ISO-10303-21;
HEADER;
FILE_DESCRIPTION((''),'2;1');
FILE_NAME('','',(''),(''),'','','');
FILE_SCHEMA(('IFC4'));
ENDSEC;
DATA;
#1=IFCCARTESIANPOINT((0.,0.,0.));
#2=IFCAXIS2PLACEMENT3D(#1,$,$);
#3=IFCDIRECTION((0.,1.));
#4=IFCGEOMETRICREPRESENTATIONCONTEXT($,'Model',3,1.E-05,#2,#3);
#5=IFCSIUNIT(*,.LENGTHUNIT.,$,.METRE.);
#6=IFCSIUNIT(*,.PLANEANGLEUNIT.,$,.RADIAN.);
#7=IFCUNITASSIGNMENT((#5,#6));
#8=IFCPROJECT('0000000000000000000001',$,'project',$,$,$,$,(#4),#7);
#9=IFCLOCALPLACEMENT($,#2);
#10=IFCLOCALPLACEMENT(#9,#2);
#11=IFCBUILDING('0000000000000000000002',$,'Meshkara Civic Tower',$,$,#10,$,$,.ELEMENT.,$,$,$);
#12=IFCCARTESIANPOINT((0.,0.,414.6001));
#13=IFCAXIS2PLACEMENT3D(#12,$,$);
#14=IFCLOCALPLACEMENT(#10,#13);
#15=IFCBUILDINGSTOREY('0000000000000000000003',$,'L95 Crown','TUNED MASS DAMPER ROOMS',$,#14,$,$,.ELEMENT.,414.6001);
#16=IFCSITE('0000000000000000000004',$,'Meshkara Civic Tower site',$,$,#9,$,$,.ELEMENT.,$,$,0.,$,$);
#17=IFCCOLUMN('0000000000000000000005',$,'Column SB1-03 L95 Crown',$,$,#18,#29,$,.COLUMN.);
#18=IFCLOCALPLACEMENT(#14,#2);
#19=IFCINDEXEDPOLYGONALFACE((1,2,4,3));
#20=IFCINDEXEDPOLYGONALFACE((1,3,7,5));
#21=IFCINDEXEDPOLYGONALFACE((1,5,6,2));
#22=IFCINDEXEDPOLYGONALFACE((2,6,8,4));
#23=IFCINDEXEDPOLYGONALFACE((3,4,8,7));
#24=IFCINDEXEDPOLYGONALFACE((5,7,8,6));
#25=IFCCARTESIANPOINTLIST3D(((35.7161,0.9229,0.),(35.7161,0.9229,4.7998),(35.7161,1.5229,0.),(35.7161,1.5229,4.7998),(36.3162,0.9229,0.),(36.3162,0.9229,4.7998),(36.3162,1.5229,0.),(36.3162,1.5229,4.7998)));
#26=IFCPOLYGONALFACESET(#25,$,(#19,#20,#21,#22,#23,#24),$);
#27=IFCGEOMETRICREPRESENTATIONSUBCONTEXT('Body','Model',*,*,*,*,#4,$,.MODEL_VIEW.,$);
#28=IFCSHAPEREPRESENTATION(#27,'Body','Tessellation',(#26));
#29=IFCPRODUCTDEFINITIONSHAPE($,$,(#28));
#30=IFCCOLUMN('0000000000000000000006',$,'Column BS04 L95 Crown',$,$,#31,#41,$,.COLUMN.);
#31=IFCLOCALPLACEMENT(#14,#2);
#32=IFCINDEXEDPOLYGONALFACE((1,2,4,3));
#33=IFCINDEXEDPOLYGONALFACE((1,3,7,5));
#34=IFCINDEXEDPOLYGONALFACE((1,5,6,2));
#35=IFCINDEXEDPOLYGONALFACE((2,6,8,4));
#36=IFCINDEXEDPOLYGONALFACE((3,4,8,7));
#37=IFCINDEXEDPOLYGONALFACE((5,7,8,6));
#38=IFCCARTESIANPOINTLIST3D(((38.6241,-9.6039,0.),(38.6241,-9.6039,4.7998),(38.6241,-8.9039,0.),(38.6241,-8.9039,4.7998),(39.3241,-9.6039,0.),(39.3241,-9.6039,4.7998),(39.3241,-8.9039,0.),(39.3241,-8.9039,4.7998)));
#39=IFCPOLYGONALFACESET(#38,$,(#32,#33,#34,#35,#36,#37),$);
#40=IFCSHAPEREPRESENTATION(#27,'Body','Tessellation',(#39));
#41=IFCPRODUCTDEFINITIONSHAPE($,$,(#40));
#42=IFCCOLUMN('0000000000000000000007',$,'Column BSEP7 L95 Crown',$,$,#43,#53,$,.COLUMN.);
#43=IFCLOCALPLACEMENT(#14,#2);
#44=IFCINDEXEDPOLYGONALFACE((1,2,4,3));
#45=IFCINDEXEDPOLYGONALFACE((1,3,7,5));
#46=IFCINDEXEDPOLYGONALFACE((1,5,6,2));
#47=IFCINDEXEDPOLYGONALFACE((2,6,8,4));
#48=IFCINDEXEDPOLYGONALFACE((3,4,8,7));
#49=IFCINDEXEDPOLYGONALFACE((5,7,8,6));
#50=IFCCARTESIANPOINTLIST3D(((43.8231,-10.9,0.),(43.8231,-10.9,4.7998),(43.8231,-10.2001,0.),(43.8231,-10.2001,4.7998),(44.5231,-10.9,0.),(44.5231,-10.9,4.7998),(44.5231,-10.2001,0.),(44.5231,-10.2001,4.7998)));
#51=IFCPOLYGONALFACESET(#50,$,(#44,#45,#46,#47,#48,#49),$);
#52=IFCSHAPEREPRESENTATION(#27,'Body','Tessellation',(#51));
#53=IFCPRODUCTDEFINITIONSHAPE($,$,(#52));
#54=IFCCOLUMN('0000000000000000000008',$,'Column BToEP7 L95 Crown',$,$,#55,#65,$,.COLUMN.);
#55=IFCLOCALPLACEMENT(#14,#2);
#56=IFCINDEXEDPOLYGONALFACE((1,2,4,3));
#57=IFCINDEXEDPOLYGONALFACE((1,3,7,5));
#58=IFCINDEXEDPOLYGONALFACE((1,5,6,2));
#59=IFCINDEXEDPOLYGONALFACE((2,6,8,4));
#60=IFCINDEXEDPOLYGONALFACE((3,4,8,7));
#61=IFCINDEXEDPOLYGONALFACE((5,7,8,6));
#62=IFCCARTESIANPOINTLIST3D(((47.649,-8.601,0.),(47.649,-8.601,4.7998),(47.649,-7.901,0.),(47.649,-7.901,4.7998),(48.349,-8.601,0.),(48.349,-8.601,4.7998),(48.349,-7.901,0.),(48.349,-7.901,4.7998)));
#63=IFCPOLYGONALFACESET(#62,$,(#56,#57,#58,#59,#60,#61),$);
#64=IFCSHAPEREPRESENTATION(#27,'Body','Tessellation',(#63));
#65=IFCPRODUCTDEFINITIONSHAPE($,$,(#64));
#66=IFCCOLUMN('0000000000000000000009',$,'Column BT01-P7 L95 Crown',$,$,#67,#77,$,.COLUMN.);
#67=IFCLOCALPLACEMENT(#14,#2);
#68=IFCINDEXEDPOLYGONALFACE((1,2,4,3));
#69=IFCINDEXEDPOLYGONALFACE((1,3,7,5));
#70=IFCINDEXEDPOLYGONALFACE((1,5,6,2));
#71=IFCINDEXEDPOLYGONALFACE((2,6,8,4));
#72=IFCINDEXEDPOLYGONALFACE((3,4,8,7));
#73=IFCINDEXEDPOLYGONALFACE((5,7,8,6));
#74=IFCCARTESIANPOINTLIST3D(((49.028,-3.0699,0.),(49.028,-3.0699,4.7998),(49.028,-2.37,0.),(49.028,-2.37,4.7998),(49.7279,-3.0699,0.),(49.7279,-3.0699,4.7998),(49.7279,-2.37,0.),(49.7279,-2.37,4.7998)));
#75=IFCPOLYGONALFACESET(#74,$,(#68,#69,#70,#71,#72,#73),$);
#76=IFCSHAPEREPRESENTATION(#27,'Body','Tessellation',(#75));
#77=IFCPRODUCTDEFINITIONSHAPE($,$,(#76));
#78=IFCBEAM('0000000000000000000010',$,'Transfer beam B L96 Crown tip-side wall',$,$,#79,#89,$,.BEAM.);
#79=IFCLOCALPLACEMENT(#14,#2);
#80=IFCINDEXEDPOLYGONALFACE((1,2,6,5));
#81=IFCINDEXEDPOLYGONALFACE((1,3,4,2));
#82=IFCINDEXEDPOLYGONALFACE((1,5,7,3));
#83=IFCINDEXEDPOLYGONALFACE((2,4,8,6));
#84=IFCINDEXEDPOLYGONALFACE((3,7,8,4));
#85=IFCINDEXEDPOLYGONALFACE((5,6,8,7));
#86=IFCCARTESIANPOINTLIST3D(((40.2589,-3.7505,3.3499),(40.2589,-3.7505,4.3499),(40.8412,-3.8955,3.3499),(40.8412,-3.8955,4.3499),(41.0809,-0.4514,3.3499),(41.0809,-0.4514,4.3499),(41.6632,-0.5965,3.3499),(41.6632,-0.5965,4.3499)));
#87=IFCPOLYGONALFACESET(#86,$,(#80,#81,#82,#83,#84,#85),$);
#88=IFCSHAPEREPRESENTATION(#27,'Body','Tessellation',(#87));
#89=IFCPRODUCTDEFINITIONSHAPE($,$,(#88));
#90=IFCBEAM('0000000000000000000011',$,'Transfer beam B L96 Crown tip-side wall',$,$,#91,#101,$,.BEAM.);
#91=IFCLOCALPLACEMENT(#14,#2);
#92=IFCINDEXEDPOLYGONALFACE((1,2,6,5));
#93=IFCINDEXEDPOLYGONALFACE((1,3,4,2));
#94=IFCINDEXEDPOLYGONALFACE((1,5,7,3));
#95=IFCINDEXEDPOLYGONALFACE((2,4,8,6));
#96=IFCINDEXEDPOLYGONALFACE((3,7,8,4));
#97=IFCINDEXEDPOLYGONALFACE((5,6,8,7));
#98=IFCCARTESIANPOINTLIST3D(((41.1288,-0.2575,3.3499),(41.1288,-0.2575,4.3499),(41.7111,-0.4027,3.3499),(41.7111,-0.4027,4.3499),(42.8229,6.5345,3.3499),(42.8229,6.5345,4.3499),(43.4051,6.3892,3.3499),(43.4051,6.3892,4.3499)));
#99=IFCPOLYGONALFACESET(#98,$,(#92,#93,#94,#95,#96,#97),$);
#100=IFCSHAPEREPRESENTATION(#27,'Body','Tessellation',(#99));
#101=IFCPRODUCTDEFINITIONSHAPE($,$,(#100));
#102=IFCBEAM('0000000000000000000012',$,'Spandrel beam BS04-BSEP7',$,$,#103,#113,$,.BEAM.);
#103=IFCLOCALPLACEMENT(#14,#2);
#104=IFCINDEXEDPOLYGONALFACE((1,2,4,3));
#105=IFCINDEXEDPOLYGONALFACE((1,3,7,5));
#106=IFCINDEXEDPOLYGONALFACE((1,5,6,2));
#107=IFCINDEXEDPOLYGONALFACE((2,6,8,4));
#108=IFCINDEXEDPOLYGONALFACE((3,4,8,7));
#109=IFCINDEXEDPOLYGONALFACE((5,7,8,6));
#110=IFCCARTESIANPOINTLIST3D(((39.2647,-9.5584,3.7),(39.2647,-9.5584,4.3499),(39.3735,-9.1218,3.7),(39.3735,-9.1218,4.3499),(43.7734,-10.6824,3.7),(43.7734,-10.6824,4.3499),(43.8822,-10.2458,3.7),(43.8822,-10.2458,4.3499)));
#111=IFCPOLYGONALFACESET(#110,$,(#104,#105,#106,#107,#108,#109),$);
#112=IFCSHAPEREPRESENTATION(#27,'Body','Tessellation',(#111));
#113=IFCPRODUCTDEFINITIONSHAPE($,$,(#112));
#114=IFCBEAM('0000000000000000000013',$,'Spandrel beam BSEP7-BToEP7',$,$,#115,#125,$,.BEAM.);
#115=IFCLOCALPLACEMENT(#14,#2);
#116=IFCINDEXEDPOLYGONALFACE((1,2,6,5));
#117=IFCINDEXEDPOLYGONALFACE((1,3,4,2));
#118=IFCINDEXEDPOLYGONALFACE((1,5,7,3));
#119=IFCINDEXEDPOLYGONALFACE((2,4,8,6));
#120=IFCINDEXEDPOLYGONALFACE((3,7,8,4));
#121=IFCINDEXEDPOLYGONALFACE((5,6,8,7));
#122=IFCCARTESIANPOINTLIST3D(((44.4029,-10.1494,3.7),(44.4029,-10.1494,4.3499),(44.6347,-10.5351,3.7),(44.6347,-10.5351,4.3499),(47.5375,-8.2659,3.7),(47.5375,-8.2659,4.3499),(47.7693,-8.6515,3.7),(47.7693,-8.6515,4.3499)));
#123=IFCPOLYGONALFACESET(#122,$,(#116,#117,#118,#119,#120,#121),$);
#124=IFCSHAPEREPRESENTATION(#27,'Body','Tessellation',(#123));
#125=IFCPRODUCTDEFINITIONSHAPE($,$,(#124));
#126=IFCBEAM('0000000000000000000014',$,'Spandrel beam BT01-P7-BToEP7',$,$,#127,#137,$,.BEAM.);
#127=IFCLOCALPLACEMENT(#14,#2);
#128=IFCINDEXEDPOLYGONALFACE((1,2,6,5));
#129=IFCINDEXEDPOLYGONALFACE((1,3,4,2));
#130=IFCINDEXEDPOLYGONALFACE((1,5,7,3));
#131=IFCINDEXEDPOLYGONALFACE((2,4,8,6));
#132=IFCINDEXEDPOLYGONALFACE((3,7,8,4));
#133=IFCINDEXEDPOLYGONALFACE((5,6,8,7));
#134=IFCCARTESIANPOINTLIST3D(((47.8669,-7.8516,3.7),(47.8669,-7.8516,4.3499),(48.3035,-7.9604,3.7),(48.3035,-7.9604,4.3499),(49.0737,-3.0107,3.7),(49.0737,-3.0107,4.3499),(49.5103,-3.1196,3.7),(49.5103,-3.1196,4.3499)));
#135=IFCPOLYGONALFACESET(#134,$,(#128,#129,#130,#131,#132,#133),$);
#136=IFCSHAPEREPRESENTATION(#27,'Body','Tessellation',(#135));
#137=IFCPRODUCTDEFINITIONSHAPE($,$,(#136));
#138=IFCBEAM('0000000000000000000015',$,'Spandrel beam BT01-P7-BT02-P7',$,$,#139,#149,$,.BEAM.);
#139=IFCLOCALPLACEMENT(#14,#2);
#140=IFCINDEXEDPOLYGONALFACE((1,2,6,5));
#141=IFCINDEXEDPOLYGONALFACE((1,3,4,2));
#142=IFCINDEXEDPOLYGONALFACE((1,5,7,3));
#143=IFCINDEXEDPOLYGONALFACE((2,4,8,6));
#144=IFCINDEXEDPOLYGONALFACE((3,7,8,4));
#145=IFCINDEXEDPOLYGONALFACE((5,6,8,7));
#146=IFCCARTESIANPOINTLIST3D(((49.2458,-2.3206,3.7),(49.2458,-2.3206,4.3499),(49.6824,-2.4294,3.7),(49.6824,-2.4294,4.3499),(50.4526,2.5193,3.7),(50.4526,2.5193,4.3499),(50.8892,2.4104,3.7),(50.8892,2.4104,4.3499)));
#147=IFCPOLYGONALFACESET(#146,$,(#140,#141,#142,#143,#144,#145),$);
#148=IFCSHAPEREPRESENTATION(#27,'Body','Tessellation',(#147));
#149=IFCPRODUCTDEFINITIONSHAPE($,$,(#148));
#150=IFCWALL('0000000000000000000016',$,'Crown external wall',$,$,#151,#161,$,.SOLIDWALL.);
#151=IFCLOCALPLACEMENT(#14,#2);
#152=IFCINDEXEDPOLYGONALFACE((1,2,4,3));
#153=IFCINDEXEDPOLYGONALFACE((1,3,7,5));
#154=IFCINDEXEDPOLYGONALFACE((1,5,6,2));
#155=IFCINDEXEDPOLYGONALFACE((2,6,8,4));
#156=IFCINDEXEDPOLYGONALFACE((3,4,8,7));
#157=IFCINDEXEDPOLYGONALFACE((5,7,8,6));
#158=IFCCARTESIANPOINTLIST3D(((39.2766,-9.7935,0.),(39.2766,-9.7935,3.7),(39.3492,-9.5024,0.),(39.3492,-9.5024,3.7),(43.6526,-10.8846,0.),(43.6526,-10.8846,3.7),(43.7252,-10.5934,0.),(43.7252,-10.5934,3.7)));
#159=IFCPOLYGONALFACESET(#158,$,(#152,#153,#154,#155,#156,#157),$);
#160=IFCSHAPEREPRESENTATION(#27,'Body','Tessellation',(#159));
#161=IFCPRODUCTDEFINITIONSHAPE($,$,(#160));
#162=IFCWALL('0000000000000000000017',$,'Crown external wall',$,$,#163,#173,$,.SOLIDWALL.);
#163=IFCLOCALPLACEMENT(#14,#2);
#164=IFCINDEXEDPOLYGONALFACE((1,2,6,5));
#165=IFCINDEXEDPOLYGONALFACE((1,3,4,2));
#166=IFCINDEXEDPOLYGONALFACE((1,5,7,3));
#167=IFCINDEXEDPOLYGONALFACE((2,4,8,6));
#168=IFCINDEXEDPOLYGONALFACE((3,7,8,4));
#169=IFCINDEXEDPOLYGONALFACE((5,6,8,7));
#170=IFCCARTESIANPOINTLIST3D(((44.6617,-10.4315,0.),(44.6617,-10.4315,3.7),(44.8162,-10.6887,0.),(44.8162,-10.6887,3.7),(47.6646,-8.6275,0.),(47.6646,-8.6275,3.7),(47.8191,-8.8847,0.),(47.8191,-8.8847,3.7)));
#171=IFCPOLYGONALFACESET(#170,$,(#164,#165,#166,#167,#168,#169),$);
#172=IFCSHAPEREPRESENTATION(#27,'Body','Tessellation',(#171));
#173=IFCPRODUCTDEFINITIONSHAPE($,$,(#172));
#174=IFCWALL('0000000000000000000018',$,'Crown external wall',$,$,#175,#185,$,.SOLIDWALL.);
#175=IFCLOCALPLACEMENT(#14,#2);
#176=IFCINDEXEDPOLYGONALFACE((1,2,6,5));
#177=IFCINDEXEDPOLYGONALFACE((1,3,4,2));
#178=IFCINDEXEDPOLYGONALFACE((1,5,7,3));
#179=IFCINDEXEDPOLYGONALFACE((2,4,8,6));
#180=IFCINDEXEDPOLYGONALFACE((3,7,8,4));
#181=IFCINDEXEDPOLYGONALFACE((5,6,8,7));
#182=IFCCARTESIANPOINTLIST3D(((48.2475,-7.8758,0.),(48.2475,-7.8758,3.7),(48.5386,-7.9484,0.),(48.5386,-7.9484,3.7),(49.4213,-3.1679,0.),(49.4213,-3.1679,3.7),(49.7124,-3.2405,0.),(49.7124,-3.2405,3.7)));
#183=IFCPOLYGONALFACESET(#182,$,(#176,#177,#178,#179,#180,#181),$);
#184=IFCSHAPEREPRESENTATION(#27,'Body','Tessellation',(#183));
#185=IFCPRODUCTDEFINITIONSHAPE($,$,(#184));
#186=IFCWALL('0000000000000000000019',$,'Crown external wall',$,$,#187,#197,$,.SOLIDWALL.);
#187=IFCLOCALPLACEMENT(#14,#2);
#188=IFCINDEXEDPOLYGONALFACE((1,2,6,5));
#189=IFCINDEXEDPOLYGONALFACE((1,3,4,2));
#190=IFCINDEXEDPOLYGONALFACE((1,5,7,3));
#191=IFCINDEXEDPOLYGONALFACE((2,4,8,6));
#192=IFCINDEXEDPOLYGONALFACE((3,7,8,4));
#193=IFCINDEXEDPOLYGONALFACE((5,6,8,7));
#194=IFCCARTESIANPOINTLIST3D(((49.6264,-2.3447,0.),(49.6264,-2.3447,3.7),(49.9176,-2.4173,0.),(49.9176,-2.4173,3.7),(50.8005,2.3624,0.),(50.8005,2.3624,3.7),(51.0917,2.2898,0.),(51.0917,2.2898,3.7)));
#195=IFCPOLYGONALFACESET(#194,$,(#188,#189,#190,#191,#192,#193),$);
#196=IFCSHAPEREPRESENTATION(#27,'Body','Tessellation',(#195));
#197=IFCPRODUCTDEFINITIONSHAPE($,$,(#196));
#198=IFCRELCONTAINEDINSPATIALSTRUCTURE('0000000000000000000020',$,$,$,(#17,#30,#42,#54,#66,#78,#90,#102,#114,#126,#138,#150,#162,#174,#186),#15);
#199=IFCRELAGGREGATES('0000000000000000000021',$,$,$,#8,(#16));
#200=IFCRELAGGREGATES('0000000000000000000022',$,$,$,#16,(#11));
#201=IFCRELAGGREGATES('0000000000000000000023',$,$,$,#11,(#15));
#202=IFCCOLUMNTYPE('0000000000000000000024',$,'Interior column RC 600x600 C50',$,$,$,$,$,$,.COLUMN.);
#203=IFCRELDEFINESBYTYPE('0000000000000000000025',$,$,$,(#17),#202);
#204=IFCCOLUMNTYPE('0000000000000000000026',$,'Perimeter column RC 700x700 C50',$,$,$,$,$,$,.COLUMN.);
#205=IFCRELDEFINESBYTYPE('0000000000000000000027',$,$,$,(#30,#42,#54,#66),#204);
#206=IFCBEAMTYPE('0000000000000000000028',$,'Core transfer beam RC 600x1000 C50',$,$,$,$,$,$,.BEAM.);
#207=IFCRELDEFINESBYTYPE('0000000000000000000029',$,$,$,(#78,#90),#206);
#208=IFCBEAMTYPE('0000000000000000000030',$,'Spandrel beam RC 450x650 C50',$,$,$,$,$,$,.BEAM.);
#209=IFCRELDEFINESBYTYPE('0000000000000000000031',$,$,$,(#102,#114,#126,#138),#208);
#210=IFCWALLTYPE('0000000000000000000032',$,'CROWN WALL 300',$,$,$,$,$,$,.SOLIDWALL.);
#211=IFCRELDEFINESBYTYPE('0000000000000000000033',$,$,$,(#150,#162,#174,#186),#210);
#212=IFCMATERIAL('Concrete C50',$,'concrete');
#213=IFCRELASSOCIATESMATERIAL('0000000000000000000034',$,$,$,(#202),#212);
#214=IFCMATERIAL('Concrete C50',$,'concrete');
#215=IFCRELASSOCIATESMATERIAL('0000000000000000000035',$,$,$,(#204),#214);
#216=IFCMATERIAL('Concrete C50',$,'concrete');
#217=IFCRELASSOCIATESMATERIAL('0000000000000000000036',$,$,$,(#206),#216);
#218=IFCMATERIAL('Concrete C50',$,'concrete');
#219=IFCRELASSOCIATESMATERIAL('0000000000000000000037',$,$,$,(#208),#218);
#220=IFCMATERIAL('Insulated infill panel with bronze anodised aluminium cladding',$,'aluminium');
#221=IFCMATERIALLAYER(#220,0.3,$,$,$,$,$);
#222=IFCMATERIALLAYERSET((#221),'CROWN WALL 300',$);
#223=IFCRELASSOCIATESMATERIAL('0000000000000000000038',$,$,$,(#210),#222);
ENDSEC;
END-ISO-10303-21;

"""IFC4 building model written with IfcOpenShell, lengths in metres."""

from ifc_helpers import new_model, si_unit, direction, frame, frame_2d, origin, origin_2d, place, context, subcontext, project, spatial, rectangle, extrude, material, layer, layer_set, material_profile, profile_set, type_object, element, save


model = new_model("IFC4")

# Units and contexts
model_context = context("Model", 3, precision=1e-05, world=origin(), true_north=direction((0.0, 1.0)))
body_context = subcontext(model_context, "Body", "Model", "MODEL_VIEW")
ifc_project = project(units=[si_unit("LENGTHUNIT", "METRE"), si_unit("PLANEANGLEUNIT", "RADIAN")], contexts=[model_context])

# Site, building, storey
site_placement = place(None, origin())
site = spatial("IfcSite", under=ifc_project, at=site_placement, Name="Meshkara Civic Tower site", CompositionType="ELEMENT", RefElevation=0.0)
building_placement = place(site_placement, origin())
building = spatial("IfcBuilding", under=site, at=building_placement, Name="Meshkara Civic Tower", CompositionType="ELEMENT")
storey_placement = place(building_placement, frame((0.0, 0.0, 414.6001)))
storey = spatial("IfcBuildingStorey", under=building, at=storey_placement, Name="L95 Crown", Description="TUNED MASS DAMPER ROOMS", CompositionType="ELEMENT", Elevation=414.6001)

# Columns
ifc_material_1 = material(Name="Concrete C50", Category="concrete")
ifc_material_profile_1 = material_profile(ifc_material_1, rectangle(XDim=0.6001, YDim=0.6001, at=origin_2d()))
ifc_profile_set_1 = profile_set([ifc_material_profile_1], Name="Concrete C50")
column_type_1 = type_object("IfcColumnType", Name="Interior column RC 600x600 C50", PredefinedType="COLUMN", material=ifc_profile_set_1)
column_placement = place(storey_placement, frame((36.0161, 1.2229, 0.0), z_axis=(0.0, 0.0, 1.0), x_axis=(1.0, 0.0, 0.0)))
element("IfcColumn", 1, at=column_placement, inside=storey, type_object=column_type_1, Name="Column SB1-03 L95 Crown", PredefinedType="COLUMN", context=body_context, shape_type="SweptSolid", body=[
    extrude(rectangle(XDim=0.6001, YDim=0.6001, at=origin_2d()), origin(), (0.0, 0.0, 1.0), 4.7998),
])
ifc_material_2 = material(Name="Concrete C50", Category="concrete")
ifc_material_profile_2 = material_profile(ifc_material_2, rectangle(XDim=0.7, YDim=0.7, at=origin_2d()))
ifc_profile_set_2 = profile_set([ifc_material_profile_2], Name="Concrete C50")
column_type_2 = type_object("IfcColumnType", Name="Perimeter column RC 700x700 C50", PredefinedType="COLUMN", material=ifc_profile_set_2)
for number, where, z_axis, x_axis, name in (
    (2, (38.9741, -9.2539, 0.0), (0.0, 0.0, 1.0), (1.0, 0.0, 0.0), "Column BS04 L95 Crown"),
    (3, (44.1731, -10.55, 0.0), (0.0, 0.0, 1.0), (1.0, 0.0, 0.0), "Column BSEP7 L95 Crown"),
    (4, (47.999, -8.251, 0.0), (0.0, 0.0, 1.0), (1.0, 0.0, 0.0), "Column BToEP7 L95 Crown"),
    (5, (49.3779, -2.72, 0.0), (0.0, 0.0, 1.0), (1.0, 0.0, 0.0), "Column BT01-P7 L95 Crown"),
):
    element("IfcColumn", number, at=place(storey_placement, frame(where, z_axis=z_axis, x_axis=x_axis)), inside=storey, type_object=column_type_2, Name=name, PredefinedType="COLUMN", context=body_context, shape_type="SweptSolid", body=[
        extrude(rectangle(XDim=0.7, YDim=0.7, at=origin_2d()), origin(), (0.0, 0.0, 1.0), 4.7998),
    ])

# Beams
ifc_material_3 = material(Name="Concrete C50", Category="concrete")
ifc_material_profile_3 = material_profile(ifc_material_3, rectangle(XDim=0.6001, YDim=1.0, at=origin_2d()))
ifc_profile_set_3 = profile_set([ifc_material_profile_3], Name="Concrete C50")
beam_type_1 = type_object("IfcBeamType", Name="Core transfer beam RC 600x1000 C50", PredefinedType="BEAM", material=ifc_profile_set_3)
beam_1_placement = place(storey_placement, frame((40.55, -3.823, 3.8499), z_axis=(0.241775, 0.970332, 0.0), x_axis=(-0.970332, 0.241775, 0.0)))
element("IfcBeam", 6, at=beam_1_placement, inside=storey, type_object=beam_type_1, Name="Transfer beam B L96 Crown tip-side wall", PredefinedType="BEAM", context=body_context, shape_type="SweptSolid", body=[
    extrude(rectangle(XDim=0.6001, YDim=1.0, at=origin_2d()), origin(), (0.0, 0.0, 1.0), 3.3999),
])
beam_2_placement = place(storey_placement, frame((41.4199, -0.3301, 3.8499), z_axis=(0.24201, 0.970274, 0.0), x_axis=(-0.970274, 0.24201, 0.0)))
element("IfcBeam", 7, at=beam_2_placement, inside=storey, type_object=beam_type_1, Name="Transfer beam B L96 Crown tip-side wall", PredefinedType="BEAM", context=body_context, shape_type="SweptSolid", body=[
    extrude(rectangle(XDim=0.6001, YDim=1.0, at=origin_2d()), origin(), (0.0, 0.0, 1.0), 7.0),
])
ifc_material_4 = material(Name="Concrete C50", Category="concrete")
ifc_material_profile_4 = material_profile(ifc_material_4, rectangle(XDim=0.45, YDim=0.6499, at=origin_2d()))
ifc_profile_set_4 = profile_set([ifc_material_profile_4], Name="Concrete C50")
beam_type_2 = type_object("IfcBeamType", Name="Spandrel beam RC 450x650 C50", PredefinedType="BEAM", material=ifc_profile_set_4)
beam_3_placement = place(storey_placement, frame((39.3191, -9.3401, 4.0249), z_axis=(0.970303, -0.241893, 0.0), x_axis=(0.241893, 0.970303, 0.0)))
element("IfcBeam", 8, at=beam_3_placement, inside=storey, type_object=beam_type_2, Name="Spandrel beam BS04-BSEP7", PredefinedType="BEAM", context=body_context, shape_type="SweptSolid", body=[
    extrude(rectangle(XDim=0.45, YDim=0.6499, at=origin_2d()), origin(), (0.0, 0.0, 1.0), 4.6467),
])
beam_4_placement = place(storey_placement, frame((44.5188, -10.3423, 4.0249), z_axis=(0.857151, 0.515065, 0.0), x_axis=(-0.515065, 0.857151, 0.0)))
element("IfcBeam", 9, at=beam_4_placement, inside=storey, type_object=beam_type_2, Name="Spandrel beam BSEP7-BToEP7", PredefinedType="BEAM", context=body_context, shape_type="SweptSolid", body=[
    extrude(rectangle(XDim=0.45, YDim=0.6499, at=origin_2d()), origin(), (0.0, 0.0, 1.0), 3.657),
])
beam_5_placement = place(storey_placement, frame((48.0852, -7.906, 4.0249), z_axis=(0.241891, 0.970303, 0.0), x_axis=(-0.970303, 0.241891, 0.0)))
element("IfcBeam", 10, at=beam_5_placement, inside=storey, type_object=beam_type_2, Name="Spandrel beam BT01-P7-BToEP7", PredefinedType="BEAM", context=body_context, shape_type="SweptSolid", body=[
    extrude(rectangle(XDim=0.45, YDim=0.6499, at=origin_2d()), origin(), (0.0, 0.0, 1.0), 4.989),
])
beam_6_placement = place(storey_placement, frame((49.4641, -2.375, 4.0249), z_axis=(0.241937, 0.970292, 0.0), x_axis=(-0.970292, 0.241937, 0.0)))
element("IfcBeam", 11, at=beam_6_placement, inside=storey, type_object=beam_type_2, Name="Spandrel beam BT01-P7-BT02-P7", PredefinedType="BEAM", context=body_context, shape_type="SweptSolid", body=[
    extrude(rectangle(XDim=0.45, YDim=0.6499, at=origin_2d()), origin(), (0.0, 0.0, 1.0), 4.988),
])

# Walls
ifc_material_5 = material(Name="Insulated infill panel with bronze anodised aluminium cladding", Category="aluminium")
ifc_layer_1 = layer(ifc_material_5, 0.3)
ifc_layer_set_1 = layer_set([ifc_layer_1], Name="CROWN WALL 300")
wall_type_1 = type_object("IfcWallType", Name="CROWN WALL 300", PredefinedType="SOLIDWALL", material=ifc_layer_set_1)
wall_1_placement = place(storey_placement, frame((39.313, -9.6479, 0.0), z_axis=(0.0, 0.0, 1.0), x_axis=(0.970295, -0.241924, 0.0)))
element("IfcWall", 12, at=wall_1_placement, inside=storey, type_object=wall_type_1, Name="Crown external wall", PredefinedType="SOLIDWALL", context=body_context, shape_type="SweptSolid", body=[
    extrude(rectangle(XDim=4.51, YDim=0.3, at=frame_2d((2.2549, 0.0))), origin(), (0.0, 0.0, 1.0), 3.7),
])
wall_2_placement = place(storey_placement, frame((44.739, -10.5601, 0.0), z_axis=(0.0, 0.0, 1.0), x_axis=(0.857216, 0.514957, 0.0)))
element("IfcWall", 13, at=wall_2_placement, inside=storey, type_object=wall_type_1, Name="Crown external wall", PredefinedType="SOLIDWALL", context=body_context, shape_type="SweptSolid", body=[
    extrude(rectangle(XDim=3.5032, YDim=0.3, at=frame_2d((1.7515, 0.0))), origin(), (0.0, 0.0, 1.0), 3.7),
])
wall_3_placement = place(storey_placement, frame((48.3931, -7.9121, 0.0), z_axis=(0.0, 0.0, 1.0), x_axis=(0.24192, 0.970296, 0.0)))
element("IfcWall", 14, at=wall_3_placement, inside=storey, type_object=wall_type_1, Name="Crown external wall", PredefinedType="SOLIDWALL", context=body_context, shape_type="SweptSolid", body=[
    extrude(rectangle(XDim=4.8521, YDim=0.3, at=frame_2d((2.426, 0.0))), origin(), (0.0, 0.0, 1.0), 3.7),
])
wall_4_placement = place(storey_placement, frame((49.772, -2.3811, 0.0), z_axis=(0.0, 0.0, 1.0), x_axis=(0.242015, 0.970273, 0.0)))
element("IfcWall", 15, at=wall_4_placement, inside=storey, type_object=wall_type_1, Name="Crown external wall", PredefinedType="SOLIDWALL", context=body_context, shape_type="SweptSolid", body=[
    extrude(rectangle(XDim=4.8513, YDim=0.3, at=frame_2d((2.4258, 0.0))), origin(), (0.0, 0.0, 1.0), 3.7),
])

save(model, "model.ifc")
